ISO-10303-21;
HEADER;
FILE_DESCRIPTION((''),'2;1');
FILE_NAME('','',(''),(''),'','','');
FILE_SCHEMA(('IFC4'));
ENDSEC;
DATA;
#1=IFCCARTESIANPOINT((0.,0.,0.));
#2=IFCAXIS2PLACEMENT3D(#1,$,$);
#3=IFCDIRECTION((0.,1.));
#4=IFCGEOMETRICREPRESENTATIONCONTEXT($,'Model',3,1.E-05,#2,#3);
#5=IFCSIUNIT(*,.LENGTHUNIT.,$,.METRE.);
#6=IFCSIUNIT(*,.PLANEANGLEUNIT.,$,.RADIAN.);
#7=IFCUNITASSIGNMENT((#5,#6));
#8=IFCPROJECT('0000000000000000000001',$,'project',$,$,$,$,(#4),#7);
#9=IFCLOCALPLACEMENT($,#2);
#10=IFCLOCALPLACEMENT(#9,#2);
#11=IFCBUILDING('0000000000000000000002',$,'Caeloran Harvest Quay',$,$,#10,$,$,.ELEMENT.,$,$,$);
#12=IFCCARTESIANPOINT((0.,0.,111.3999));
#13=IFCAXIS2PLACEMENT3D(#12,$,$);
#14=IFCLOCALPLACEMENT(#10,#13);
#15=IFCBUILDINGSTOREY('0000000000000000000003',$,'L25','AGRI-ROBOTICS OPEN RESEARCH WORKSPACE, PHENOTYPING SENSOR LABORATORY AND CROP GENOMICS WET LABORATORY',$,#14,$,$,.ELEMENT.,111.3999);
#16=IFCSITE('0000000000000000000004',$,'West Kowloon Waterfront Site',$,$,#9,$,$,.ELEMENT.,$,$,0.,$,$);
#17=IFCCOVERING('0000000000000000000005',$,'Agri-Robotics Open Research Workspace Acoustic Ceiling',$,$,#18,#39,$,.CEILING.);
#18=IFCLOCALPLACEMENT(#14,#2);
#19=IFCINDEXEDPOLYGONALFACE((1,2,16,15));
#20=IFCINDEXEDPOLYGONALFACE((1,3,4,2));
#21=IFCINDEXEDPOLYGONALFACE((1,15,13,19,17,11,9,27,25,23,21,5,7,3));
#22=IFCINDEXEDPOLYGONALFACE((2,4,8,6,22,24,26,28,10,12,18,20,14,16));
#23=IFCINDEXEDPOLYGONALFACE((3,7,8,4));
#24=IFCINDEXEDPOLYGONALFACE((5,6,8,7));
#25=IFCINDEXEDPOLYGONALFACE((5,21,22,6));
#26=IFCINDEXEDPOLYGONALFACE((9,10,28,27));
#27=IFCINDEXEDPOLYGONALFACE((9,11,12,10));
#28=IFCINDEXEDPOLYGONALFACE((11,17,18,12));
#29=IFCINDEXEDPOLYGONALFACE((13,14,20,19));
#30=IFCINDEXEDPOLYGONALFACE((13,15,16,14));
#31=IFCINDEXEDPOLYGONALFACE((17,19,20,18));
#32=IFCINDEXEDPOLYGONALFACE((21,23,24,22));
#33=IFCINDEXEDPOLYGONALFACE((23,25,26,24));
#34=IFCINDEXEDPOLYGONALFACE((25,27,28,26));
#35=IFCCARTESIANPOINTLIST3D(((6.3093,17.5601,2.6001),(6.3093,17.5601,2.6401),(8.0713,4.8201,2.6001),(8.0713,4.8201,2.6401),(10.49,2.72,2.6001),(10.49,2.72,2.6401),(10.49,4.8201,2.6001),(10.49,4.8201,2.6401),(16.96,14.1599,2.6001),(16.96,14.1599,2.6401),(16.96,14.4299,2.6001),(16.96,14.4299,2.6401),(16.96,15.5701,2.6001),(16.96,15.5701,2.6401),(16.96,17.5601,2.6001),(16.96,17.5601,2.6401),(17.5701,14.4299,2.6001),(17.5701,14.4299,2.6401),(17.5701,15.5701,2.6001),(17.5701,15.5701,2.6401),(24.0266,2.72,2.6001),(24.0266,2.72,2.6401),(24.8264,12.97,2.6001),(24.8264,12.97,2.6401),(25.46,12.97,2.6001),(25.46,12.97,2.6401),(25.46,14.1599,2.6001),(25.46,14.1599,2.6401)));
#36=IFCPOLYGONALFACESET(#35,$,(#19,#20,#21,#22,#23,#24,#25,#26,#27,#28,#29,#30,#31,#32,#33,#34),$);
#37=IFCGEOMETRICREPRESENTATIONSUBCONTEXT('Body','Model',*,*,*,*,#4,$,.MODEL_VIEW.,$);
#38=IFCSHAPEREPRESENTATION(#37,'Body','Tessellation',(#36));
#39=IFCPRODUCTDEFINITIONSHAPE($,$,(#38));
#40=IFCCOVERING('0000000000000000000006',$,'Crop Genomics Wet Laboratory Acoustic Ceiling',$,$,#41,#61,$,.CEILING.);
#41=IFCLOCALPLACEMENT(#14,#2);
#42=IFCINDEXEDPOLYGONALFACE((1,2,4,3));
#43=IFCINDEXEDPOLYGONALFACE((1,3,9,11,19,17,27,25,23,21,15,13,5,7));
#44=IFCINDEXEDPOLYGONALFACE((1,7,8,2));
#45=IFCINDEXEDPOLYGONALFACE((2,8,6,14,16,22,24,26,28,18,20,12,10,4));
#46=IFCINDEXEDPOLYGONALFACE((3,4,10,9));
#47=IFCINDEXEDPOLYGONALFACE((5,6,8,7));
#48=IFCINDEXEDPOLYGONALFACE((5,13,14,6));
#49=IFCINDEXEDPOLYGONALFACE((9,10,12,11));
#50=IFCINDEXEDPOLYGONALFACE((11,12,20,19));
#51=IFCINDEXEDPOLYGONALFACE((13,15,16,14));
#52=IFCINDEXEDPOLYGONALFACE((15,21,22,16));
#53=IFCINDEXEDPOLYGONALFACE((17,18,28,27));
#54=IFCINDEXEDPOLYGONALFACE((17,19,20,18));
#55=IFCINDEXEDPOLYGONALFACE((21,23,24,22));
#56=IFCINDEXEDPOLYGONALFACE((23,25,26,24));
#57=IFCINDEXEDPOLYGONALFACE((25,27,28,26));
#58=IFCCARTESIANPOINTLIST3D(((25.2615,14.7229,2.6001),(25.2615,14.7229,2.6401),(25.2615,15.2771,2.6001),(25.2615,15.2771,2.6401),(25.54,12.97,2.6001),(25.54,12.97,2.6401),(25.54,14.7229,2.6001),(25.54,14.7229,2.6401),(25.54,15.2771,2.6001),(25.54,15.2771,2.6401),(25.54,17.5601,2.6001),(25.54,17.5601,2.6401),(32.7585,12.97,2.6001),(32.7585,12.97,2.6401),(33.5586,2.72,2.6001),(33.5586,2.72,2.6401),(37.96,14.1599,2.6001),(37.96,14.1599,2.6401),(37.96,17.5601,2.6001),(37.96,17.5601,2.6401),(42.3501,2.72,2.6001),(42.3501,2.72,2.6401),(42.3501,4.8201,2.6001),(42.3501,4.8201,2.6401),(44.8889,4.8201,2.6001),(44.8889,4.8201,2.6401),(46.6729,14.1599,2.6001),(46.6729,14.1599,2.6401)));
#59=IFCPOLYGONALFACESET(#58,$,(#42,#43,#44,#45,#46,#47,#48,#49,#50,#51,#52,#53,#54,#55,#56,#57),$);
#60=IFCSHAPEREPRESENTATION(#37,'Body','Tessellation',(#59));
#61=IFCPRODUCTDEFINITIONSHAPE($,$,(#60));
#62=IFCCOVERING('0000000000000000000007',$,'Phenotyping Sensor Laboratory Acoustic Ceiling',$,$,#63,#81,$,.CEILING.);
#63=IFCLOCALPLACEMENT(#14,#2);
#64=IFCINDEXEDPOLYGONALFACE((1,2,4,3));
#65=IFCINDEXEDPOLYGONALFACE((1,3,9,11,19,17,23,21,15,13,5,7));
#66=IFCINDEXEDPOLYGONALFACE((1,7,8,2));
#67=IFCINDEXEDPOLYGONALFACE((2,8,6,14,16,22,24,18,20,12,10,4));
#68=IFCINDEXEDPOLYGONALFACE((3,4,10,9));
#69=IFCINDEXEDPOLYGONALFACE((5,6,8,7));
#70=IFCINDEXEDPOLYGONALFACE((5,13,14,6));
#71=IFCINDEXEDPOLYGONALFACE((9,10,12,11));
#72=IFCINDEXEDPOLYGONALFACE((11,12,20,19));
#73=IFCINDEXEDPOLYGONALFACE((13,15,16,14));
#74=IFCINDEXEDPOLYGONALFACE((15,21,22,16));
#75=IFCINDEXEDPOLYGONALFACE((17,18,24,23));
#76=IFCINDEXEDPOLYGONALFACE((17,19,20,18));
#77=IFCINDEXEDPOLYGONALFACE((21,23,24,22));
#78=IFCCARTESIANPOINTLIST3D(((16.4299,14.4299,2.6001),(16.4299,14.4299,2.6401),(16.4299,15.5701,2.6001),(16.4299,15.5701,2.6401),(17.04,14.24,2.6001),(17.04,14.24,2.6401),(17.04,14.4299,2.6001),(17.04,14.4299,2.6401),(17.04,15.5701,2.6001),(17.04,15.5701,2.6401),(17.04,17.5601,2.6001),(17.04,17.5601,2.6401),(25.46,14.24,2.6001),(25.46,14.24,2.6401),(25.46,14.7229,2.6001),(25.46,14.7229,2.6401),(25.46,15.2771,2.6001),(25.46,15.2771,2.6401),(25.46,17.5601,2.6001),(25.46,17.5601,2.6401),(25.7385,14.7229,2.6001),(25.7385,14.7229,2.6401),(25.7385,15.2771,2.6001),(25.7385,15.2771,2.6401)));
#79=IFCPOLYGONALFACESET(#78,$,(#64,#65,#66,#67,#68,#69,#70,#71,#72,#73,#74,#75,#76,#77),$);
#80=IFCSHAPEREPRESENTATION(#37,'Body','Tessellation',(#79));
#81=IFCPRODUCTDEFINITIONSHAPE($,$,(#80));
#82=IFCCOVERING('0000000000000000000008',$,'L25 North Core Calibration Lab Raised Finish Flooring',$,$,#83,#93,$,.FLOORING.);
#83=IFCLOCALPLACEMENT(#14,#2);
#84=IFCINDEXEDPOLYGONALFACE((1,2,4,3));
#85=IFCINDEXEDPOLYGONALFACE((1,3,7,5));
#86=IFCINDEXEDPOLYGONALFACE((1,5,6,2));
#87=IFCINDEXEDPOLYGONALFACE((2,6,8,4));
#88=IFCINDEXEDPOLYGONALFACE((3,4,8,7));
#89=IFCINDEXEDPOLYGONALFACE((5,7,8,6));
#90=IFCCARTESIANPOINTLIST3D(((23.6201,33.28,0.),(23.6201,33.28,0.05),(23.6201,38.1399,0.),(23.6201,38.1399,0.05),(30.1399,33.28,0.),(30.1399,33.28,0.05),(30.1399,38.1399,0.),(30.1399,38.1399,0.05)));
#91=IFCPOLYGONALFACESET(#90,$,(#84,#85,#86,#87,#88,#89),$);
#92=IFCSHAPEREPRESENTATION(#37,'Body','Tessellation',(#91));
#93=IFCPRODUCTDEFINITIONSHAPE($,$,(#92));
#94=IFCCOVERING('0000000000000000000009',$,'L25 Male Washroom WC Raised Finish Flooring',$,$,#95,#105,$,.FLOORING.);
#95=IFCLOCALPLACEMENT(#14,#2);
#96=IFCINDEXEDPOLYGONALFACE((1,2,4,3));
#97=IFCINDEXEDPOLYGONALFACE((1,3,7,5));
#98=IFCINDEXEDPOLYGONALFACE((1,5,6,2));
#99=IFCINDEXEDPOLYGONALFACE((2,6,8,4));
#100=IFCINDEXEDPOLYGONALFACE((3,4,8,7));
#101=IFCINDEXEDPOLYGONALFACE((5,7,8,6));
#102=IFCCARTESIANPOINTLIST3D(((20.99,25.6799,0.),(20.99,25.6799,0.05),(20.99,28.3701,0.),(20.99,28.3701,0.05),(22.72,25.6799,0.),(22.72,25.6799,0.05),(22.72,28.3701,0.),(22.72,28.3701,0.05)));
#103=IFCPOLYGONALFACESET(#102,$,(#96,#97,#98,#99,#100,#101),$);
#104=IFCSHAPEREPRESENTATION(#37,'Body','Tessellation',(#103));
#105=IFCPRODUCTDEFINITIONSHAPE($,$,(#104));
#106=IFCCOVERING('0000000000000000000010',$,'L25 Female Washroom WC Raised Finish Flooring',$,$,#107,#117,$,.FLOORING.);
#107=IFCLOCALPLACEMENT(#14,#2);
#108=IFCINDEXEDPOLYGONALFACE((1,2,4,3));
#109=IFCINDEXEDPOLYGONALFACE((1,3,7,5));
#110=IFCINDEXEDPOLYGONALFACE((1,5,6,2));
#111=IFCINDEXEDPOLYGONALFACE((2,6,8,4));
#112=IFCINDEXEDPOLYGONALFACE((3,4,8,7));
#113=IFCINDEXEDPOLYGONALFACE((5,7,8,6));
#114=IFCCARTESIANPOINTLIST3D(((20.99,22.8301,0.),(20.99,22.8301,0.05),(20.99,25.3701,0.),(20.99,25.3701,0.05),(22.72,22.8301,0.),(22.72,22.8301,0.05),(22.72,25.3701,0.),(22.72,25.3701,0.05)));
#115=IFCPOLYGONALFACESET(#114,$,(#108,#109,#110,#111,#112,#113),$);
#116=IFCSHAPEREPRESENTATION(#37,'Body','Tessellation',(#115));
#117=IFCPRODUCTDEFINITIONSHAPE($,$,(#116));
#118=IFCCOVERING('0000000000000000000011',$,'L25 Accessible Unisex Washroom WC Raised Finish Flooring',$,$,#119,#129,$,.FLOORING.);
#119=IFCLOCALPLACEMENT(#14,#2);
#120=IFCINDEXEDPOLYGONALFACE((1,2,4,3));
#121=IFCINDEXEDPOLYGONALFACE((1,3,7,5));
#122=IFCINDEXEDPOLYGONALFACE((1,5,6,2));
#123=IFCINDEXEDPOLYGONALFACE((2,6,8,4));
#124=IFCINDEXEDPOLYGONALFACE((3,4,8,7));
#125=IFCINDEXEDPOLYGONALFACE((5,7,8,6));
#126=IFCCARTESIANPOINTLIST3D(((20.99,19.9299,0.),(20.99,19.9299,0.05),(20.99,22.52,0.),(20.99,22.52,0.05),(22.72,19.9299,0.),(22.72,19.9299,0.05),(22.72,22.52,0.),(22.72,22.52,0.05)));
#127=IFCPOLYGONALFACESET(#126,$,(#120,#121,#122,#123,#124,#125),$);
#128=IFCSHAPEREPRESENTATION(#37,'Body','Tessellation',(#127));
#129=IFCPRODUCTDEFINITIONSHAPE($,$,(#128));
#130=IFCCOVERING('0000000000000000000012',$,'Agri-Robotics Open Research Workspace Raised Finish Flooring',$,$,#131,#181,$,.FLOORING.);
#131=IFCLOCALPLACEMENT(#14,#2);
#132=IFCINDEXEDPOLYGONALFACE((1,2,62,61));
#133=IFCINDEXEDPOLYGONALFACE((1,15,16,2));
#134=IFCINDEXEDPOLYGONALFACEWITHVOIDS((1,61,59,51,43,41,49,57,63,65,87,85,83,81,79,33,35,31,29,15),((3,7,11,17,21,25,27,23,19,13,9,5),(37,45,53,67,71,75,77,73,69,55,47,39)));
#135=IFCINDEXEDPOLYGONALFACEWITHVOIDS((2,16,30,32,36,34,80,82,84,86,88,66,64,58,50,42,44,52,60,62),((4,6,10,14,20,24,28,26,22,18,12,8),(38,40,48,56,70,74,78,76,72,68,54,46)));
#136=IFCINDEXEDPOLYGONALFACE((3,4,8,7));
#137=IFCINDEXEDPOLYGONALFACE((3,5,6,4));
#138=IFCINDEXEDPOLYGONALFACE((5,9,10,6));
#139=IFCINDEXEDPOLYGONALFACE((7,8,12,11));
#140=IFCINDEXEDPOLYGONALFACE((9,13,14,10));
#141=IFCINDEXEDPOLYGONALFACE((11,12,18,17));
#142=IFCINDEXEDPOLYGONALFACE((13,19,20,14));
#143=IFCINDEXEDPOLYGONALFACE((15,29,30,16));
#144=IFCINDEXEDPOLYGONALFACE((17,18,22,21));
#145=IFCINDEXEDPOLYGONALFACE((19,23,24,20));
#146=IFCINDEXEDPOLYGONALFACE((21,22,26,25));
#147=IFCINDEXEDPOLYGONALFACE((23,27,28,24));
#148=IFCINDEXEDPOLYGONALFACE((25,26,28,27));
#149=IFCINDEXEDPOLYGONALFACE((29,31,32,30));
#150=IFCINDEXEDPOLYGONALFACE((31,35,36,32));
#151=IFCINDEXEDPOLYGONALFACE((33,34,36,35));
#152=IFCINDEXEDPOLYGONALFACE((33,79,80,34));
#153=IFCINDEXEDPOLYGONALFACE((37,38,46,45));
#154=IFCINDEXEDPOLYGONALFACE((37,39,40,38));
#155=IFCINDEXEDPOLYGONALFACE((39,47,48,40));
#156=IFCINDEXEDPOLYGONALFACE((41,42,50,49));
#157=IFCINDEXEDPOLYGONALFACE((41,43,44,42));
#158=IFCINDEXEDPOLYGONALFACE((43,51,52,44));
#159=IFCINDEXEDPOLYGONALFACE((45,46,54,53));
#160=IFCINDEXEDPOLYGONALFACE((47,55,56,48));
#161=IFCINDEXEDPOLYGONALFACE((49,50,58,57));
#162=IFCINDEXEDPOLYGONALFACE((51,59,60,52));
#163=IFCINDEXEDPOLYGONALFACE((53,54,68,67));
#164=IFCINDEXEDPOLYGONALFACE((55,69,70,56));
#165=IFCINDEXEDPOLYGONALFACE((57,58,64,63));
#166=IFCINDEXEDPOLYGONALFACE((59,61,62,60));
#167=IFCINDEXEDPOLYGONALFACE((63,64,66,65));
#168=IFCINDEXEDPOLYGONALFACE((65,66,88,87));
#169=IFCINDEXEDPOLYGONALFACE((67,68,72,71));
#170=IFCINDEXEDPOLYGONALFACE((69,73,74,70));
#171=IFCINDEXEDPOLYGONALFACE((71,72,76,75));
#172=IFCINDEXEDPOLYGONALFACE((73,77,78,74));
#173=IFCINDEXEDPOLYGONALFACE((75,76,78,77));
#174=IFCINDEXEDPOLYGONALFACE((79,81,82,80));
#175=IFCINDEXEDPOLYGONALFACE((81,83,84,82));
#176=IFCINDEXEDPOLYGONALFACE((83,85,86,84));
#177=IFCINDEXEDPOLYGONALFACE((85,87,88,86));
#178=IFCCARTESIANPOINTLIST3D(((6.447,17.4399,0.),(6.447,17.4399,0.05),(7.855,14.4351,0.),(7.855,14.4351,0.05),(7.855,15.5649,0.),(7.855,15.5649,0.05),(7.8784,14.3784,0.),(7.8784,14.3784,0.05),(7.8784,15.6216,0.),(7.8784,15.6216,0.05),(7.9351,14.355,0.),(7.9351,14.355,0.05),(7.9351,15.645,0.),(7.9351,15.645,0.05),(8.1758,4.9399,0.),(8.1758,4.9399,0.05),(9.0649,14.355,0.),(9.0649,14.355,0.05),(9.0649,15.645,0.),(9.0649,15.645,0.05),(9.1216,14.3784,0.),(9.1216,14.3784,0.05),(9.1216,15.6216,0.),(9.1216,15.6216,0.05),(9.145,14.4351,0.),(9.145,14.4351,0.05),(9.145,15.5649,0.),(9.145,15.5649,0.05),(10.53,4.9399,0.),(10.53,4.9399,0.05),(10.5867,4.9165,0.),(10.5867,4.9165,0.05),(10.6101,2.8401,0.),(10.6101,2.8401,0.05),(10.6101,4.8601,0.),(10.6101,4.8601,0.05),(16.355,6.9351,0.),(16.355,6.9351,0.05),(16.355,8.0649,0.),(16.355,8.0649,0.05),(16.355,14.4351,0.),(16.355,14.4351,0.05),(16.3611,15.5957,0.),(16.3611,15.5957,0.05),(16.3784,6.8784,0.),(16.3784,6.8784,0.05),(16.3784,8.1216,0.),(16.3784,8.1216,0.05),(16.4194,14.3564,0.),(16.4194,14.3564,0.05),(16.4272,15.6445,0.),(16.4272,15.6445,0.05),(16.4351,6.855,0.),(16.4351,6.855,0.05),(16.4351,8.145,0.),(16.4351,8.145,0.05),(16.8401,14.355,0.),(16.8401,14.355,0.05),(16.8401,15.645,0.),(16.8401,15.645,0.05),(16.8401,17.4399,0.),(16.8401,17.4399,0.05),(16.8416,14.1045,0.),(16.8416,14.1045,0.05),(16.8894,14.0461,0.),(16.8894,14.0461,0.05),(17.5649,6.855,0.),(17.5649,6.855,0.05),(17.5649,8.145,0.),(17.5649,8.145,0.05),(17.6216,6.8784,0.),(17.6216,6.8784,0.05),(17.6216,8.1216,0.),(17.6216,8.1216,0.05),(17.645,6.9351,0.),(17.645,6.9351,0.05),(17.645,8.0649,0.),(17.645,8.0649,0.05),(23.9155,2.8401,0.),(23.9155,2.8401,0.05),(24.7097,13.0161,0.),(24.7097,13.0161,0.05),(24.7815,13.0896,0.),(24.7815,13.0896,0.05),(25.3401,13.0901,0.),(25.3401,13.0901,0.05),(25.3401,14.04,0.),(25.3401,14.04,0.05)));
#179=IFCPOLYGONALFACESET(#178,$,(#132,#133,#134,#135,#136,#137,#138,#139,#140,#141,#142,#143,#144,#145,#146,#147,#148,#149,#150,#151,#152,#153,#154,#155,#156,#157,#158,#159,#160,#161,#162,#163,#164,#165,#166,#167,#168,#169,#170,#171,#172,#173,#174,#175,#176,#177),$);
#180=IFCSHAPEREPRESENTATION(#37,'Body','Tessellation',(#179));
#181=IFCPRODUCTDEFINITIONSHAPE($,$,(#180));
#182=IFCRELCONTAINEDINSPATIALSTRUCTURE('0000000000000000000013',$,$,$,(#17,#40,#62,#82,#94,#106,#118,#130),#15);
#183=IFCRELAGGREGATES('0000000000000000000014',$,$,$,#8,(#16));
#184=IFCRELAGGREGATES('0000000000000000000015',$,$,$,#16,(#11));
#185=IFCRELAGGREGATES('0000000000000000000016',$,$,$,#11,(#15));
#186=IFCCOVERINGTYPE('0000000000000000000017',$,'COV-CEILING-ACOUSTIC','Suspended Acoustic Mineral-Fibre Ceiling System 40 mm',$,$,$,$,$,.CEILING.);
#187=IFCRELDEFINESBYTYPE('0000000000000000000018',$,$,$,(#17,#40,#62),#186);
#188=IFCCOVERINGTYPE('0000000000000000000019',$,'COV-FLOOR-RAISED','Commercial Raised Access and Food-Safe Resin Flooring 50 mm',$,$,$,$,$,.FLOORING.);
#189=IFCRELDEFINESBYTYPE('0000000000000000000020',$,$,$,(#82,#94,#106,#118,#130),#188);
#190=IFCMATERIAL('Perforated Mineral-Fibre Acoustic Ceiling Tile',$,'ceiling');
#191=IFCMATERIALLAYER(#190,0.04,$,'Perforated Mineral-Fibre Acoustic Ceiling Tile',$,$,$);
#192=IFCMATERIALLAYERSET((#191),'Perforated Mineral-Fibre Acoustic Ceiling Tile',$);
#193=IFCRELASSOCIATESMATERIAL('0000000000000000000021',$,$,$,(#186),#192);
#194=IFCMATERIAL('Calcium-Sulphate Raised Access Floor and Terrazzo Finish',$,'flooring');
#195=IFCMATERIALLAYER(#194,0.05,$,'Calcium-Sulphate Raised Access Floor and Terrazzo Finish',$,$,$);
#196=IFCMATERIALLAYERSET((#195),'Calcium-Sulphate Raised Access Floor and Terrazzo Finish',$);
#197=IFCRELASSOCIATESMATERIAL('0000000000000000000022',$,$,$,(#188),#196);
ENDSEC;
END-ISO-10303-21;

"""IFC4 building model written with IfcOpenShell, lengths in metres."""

from ifc_helpers import new_model, si_unit, direction, frame, origin, place, context, subcontext, project, spatial, polyline, outline, extrude, material, layer, layer_set, type_object, element, save


model = new_model("IFC4")

# Units and contexts
model_context = context("Model", 3, precision=1e-05, world=origin(), true_north=direction((0.0, 1.0)))
body_context = subcontext(model_context, "Body", "Model", "MODEL_VIEW")
ifc_project = project(units=[si_unit("LENGTHUNIT", "METRE"), si_unit("PLANEANGLEUNIT", "RADIAN")], contexts=[model_context])

# Site, building, storey
site_placement = place(None, origin())
site = spatial("IfcSite", under=ifc_project, at=site_placement, Name="West Kowloon Waterfront Site", CompositionType="ELEMENT", RefElevation=0.0)
building_placement = place(site_placement, origin())
building = spatial("IfcBuilding", under=site, at=building_placement, Name="Caeloran Harvest Quay", CompositionType="ELEMENT")
storey_placement = place(building_placement, frame((0.0, 0.0, 111.3999)))
storey = spatial("IfcBuildingStorey", under=building, at=storey_placement, Name="L25", Description="AGRI-ROBOTICS OPEN RESEARCH WORKSPACE, PHENOTYPING SENSOR LABORATORY AND CROP GENOMICS WET LABORATORY", CompositionType="ELEMENT", Elevation=111.3999)

# Coverings
ifc_material_1 = material(Name="Perforated Mineral-Fibre Acoustic Ceiling Tile", Category="ceiling")
ifc_layer_1 = layer(ifc_material_1, 0.04, Name="Perforated Mineral-Fibre Acoustic Ceiling Tile")
ifc_layer_set_1 = layer_set([ifc_layer_1], Name="Perforated Mineral-Fibre Acoustic Ceiling Tile")
covering_type_1 = type_object("IfcCoveringType", Name="COV-CEILING-ACOUSTIC", Description="Suspended Acoustic Mineral-Fibre Ceiling System 40 mm", PredefinedType="CEILING", material=ifc_layer_set_1)
covering_1_placement = place(storey_placement, frame((0.0, 0.0, 2.6001)))
element("IfcCovering", 1, at=covering_1_placement, inside=storey, type_object=covering_type_1, Name="Agri-Robotics Open Research Workspace Acoustic Ceiling", PredefinedType="CEILING", context=body_context, shape_type="SweptSolid", body=[
    extrude(outline(polyline([(6.3093, 17.5601), (16.96, 17.5601), (16.96, 15.5701), (17.5701, 15.5701), (17.5701, 14.4299), (16.96, 14.4299), (16.96, 14.1599), (25.46, 14.1599), (25.46, 12.97), (24.8264, 12.97), (24.0266, 2.72), (10.49, 2.72), (10.49, 4.8201), (8.0713, 4.8201), (6.3093, 17.5601)])), origin(), (0.0, 0.0, 1.0), 0.04),
])
covering_2_placement = place(storey_placement, frame((0.0, 0.0, 2.6001)))
element("IfcCovering", 2, at=covering_2_placement, inside=storey, type_object=covering_type_1, Name="Crop Genomics Wet Laboratory Acoustic Ceiling", PredefinedType="CEILING", context=body_context, shape_type="SweptSolid", body=[
    extrude(outline(polyline([(25.54, 14.7229), (25.2615, 14.7229), (25.2615, 15.2771), (25.54, 15.2771), (25.54, 17.5601), (37.96, 17.5601), (37.96, 14.1599), (46.6729, 14.1599), (44.8889, 4.8201), (42.3501, 4.8201), (42.3501, 2.72), (33.5586, 2.72), (32.7585, 12.97), (25.54, 12.97), (25.54, 14.7229)])), origin(), (0.0, 0.0, 1.0), 0.04),
])
covering_3_placement = place(storey_placement, frame((0.0, 0.0, 2.6001)))
element("IfcCovering", 3, at=covering_3_placement, inside=storey, type_object=covering_type_1, Name="Phenotyping Sensor Laboratory Acoustic Ceiling", PredefinedType="CEILING", context=body_context, shape_type="SweptSolid", body=[
    extrude(outline(polyline([(16.4299, 14.4299), (16.4299, 15.5701), (17.04, 15.5701), (17.04, 17.5601), (25.46, 17.5601), (25.46, 15.2771), (25.7385, 15.2771), (25.7385, 14.7229), (25.46, 14.7229), (25.46, 14.24), (17.04, 14.24), (17.04, 14.4299), (16.4299, 14.4299)])), origin(), (0.0, 0.0, 1.0), 0.04),
])
ifc_material_2 = material(Name="Calcium-Sulphate Raised Access Floor and Terrazzo Finish", Category="flooring")
ifc_layer_2 = layer(ifc_material_2, 0.05, Name="Calcium-Sulphate Raised Access Floor and Terrazzo Finish")
ifc_layer_set_2 = layer_set([ifc_layer_2], Name="Calcium-Sulphate Raised Access Floor and Terrazzo Finish")
covering_type_2 = type_object("IfcCoveringType", Name="COV-FLOOR-RAISED", Description="Commercial Raised Access and Food-Safe Resin Flooring 50 mm", PredefinedType="FLOORING", material=ifc_layer_set_2)
covering_4_placement = place(storey_placement, origin())
element("IfcCovering", 4, at=covering_4_placement, inside=storey, type_object=covering_type_2, Name="L25 North Core Calibration Lab Raised Finish Flooring", PredefinedType="FLOORING", context=body_context, shape_type="SweptSolid", body=[
    extrude(outline(polyline([(30.1399, 33.28), (23.6201, 33.28), (23.6201, 38.1399), (30.1399, 38.1399), (30.1399, 33.28)])), origin(), (0.0, 0.0, 1.0), 0.05),
])
covering_5_placement = place(storey_placement, origin())
element("IfcCovering", 5, at=covering_5_placement, inside=storey, type_object=covering_type_2, Name="L25 Male Washroom WC Raised Finish Flooring", PredefinedType="FLOORING", context=body_context, shape_type="SweptSolid", body=[
    extrude(outline(polyline([(22.72, 25.6799), (20.99, 25.6799), (20.99, 28.3701), (22.72, 28.3701), (22.72, 25.6799)])), origin(), (0.0, 0.0, 1.0), 0.05),
])
covering_6_placement = place(storey_placement, origin())
element("IfcCovering", 6, at=covering_6_placement, inside=storey, type_object=covering_type_2, Name="L25 Female Washroom WC Raised Finish Flooring", PredefinedType="FLOORING", context=body_context, shape_type="SweptSolid", body=[
    extrude(outline(polyline([(22.72, 22.8301), (20.99, 22.8301), (20.99, 25.3701), (22.72, 25.3701), (22.72, 22.8301)])), origin(), (0.0, 0.0, 1.0), 0.05),
])
covering_7_placement = place(storey_placement, origin())
element("IfcCovering", 7, at=covering_7_placement, inside=storey, type_object=covering_type_2, Name="L25 Accessible Unisex Washroom WC Raised Finish Flooring", PredefinedType="FLOORING", context=body_context, shape_type="SweptSolid", body=[
    extrude(outline(polyline([(22.72, 19.9299), (20.99, 19.9299), (20.99, 22.52), (22.72, 22.52), (22.72, 19.9299)])), origin(), (0.0, 0.0, 1.0), 0.05),
])
covering_8_placement = place(storey_placement, origin())
element("IfcCovering", 8, at=covering_8_placement, inside=storey, type_object=covering_type_2, Name="Agri-Robotics Open Research Workspace Raised Finish Flooring", PredefinedType="FLOORING", context=body_context, shape_type="SweptSolid", body=[
    extrude(outline(polyline([(10.6101, 4.8601), (10.5867, 4.9165), (10.53, 4.9399), (8.1758, 4.9399), (6.447, 17.4399), (16.8401, 17.4399), (16.8401, 15.645), (16.4272, 15.6445), (16.3611, 15.5957), (16.355, 14.4351), (16.4194, 14.3564), (16.8401, 14.355), (16.8416, 14.1045), (16.8894, 14.0461), (25.3401, 14.04), (25.3401, 13.0901), (24.7815, 13.0896), (24.7097, 13.0161), (23.9155, 2.8401), (10.6101, 2.8401), (10.6101, 4.8601)]), holes=[polyline([(16.4351, 8.145), (16.3784, 8.1216), (16.355, 8.0649), (16.355, 6.9351), (16.3784, 6.8784), (16.4351, 6.855), (17.5649, 6.855), (17.6216, 6.8784), (17.645, 6.9351), (17.645, 8.0649), (17.6216, 8.1216), (17.5649, 8.145), (16.4351, 8.145)]), polyline([(7.9351, 15.645), (7.8784, 15.6216), (7.855, 15.5649), (7.855, 14.4351), (7.8784, 14.3784), (7.9351, 14.355), (9.0649, 14.355), (9.1216, 14.3784), (9.145, 14.4351), (9.145, 15.5649), (9.1216, 15.6216), (9.0649, 15.645), (7.9351, 15.645)])]), origin(), (0.0, 0.0, 1.0), 0.05),
])

save(model, "model.ifc")
